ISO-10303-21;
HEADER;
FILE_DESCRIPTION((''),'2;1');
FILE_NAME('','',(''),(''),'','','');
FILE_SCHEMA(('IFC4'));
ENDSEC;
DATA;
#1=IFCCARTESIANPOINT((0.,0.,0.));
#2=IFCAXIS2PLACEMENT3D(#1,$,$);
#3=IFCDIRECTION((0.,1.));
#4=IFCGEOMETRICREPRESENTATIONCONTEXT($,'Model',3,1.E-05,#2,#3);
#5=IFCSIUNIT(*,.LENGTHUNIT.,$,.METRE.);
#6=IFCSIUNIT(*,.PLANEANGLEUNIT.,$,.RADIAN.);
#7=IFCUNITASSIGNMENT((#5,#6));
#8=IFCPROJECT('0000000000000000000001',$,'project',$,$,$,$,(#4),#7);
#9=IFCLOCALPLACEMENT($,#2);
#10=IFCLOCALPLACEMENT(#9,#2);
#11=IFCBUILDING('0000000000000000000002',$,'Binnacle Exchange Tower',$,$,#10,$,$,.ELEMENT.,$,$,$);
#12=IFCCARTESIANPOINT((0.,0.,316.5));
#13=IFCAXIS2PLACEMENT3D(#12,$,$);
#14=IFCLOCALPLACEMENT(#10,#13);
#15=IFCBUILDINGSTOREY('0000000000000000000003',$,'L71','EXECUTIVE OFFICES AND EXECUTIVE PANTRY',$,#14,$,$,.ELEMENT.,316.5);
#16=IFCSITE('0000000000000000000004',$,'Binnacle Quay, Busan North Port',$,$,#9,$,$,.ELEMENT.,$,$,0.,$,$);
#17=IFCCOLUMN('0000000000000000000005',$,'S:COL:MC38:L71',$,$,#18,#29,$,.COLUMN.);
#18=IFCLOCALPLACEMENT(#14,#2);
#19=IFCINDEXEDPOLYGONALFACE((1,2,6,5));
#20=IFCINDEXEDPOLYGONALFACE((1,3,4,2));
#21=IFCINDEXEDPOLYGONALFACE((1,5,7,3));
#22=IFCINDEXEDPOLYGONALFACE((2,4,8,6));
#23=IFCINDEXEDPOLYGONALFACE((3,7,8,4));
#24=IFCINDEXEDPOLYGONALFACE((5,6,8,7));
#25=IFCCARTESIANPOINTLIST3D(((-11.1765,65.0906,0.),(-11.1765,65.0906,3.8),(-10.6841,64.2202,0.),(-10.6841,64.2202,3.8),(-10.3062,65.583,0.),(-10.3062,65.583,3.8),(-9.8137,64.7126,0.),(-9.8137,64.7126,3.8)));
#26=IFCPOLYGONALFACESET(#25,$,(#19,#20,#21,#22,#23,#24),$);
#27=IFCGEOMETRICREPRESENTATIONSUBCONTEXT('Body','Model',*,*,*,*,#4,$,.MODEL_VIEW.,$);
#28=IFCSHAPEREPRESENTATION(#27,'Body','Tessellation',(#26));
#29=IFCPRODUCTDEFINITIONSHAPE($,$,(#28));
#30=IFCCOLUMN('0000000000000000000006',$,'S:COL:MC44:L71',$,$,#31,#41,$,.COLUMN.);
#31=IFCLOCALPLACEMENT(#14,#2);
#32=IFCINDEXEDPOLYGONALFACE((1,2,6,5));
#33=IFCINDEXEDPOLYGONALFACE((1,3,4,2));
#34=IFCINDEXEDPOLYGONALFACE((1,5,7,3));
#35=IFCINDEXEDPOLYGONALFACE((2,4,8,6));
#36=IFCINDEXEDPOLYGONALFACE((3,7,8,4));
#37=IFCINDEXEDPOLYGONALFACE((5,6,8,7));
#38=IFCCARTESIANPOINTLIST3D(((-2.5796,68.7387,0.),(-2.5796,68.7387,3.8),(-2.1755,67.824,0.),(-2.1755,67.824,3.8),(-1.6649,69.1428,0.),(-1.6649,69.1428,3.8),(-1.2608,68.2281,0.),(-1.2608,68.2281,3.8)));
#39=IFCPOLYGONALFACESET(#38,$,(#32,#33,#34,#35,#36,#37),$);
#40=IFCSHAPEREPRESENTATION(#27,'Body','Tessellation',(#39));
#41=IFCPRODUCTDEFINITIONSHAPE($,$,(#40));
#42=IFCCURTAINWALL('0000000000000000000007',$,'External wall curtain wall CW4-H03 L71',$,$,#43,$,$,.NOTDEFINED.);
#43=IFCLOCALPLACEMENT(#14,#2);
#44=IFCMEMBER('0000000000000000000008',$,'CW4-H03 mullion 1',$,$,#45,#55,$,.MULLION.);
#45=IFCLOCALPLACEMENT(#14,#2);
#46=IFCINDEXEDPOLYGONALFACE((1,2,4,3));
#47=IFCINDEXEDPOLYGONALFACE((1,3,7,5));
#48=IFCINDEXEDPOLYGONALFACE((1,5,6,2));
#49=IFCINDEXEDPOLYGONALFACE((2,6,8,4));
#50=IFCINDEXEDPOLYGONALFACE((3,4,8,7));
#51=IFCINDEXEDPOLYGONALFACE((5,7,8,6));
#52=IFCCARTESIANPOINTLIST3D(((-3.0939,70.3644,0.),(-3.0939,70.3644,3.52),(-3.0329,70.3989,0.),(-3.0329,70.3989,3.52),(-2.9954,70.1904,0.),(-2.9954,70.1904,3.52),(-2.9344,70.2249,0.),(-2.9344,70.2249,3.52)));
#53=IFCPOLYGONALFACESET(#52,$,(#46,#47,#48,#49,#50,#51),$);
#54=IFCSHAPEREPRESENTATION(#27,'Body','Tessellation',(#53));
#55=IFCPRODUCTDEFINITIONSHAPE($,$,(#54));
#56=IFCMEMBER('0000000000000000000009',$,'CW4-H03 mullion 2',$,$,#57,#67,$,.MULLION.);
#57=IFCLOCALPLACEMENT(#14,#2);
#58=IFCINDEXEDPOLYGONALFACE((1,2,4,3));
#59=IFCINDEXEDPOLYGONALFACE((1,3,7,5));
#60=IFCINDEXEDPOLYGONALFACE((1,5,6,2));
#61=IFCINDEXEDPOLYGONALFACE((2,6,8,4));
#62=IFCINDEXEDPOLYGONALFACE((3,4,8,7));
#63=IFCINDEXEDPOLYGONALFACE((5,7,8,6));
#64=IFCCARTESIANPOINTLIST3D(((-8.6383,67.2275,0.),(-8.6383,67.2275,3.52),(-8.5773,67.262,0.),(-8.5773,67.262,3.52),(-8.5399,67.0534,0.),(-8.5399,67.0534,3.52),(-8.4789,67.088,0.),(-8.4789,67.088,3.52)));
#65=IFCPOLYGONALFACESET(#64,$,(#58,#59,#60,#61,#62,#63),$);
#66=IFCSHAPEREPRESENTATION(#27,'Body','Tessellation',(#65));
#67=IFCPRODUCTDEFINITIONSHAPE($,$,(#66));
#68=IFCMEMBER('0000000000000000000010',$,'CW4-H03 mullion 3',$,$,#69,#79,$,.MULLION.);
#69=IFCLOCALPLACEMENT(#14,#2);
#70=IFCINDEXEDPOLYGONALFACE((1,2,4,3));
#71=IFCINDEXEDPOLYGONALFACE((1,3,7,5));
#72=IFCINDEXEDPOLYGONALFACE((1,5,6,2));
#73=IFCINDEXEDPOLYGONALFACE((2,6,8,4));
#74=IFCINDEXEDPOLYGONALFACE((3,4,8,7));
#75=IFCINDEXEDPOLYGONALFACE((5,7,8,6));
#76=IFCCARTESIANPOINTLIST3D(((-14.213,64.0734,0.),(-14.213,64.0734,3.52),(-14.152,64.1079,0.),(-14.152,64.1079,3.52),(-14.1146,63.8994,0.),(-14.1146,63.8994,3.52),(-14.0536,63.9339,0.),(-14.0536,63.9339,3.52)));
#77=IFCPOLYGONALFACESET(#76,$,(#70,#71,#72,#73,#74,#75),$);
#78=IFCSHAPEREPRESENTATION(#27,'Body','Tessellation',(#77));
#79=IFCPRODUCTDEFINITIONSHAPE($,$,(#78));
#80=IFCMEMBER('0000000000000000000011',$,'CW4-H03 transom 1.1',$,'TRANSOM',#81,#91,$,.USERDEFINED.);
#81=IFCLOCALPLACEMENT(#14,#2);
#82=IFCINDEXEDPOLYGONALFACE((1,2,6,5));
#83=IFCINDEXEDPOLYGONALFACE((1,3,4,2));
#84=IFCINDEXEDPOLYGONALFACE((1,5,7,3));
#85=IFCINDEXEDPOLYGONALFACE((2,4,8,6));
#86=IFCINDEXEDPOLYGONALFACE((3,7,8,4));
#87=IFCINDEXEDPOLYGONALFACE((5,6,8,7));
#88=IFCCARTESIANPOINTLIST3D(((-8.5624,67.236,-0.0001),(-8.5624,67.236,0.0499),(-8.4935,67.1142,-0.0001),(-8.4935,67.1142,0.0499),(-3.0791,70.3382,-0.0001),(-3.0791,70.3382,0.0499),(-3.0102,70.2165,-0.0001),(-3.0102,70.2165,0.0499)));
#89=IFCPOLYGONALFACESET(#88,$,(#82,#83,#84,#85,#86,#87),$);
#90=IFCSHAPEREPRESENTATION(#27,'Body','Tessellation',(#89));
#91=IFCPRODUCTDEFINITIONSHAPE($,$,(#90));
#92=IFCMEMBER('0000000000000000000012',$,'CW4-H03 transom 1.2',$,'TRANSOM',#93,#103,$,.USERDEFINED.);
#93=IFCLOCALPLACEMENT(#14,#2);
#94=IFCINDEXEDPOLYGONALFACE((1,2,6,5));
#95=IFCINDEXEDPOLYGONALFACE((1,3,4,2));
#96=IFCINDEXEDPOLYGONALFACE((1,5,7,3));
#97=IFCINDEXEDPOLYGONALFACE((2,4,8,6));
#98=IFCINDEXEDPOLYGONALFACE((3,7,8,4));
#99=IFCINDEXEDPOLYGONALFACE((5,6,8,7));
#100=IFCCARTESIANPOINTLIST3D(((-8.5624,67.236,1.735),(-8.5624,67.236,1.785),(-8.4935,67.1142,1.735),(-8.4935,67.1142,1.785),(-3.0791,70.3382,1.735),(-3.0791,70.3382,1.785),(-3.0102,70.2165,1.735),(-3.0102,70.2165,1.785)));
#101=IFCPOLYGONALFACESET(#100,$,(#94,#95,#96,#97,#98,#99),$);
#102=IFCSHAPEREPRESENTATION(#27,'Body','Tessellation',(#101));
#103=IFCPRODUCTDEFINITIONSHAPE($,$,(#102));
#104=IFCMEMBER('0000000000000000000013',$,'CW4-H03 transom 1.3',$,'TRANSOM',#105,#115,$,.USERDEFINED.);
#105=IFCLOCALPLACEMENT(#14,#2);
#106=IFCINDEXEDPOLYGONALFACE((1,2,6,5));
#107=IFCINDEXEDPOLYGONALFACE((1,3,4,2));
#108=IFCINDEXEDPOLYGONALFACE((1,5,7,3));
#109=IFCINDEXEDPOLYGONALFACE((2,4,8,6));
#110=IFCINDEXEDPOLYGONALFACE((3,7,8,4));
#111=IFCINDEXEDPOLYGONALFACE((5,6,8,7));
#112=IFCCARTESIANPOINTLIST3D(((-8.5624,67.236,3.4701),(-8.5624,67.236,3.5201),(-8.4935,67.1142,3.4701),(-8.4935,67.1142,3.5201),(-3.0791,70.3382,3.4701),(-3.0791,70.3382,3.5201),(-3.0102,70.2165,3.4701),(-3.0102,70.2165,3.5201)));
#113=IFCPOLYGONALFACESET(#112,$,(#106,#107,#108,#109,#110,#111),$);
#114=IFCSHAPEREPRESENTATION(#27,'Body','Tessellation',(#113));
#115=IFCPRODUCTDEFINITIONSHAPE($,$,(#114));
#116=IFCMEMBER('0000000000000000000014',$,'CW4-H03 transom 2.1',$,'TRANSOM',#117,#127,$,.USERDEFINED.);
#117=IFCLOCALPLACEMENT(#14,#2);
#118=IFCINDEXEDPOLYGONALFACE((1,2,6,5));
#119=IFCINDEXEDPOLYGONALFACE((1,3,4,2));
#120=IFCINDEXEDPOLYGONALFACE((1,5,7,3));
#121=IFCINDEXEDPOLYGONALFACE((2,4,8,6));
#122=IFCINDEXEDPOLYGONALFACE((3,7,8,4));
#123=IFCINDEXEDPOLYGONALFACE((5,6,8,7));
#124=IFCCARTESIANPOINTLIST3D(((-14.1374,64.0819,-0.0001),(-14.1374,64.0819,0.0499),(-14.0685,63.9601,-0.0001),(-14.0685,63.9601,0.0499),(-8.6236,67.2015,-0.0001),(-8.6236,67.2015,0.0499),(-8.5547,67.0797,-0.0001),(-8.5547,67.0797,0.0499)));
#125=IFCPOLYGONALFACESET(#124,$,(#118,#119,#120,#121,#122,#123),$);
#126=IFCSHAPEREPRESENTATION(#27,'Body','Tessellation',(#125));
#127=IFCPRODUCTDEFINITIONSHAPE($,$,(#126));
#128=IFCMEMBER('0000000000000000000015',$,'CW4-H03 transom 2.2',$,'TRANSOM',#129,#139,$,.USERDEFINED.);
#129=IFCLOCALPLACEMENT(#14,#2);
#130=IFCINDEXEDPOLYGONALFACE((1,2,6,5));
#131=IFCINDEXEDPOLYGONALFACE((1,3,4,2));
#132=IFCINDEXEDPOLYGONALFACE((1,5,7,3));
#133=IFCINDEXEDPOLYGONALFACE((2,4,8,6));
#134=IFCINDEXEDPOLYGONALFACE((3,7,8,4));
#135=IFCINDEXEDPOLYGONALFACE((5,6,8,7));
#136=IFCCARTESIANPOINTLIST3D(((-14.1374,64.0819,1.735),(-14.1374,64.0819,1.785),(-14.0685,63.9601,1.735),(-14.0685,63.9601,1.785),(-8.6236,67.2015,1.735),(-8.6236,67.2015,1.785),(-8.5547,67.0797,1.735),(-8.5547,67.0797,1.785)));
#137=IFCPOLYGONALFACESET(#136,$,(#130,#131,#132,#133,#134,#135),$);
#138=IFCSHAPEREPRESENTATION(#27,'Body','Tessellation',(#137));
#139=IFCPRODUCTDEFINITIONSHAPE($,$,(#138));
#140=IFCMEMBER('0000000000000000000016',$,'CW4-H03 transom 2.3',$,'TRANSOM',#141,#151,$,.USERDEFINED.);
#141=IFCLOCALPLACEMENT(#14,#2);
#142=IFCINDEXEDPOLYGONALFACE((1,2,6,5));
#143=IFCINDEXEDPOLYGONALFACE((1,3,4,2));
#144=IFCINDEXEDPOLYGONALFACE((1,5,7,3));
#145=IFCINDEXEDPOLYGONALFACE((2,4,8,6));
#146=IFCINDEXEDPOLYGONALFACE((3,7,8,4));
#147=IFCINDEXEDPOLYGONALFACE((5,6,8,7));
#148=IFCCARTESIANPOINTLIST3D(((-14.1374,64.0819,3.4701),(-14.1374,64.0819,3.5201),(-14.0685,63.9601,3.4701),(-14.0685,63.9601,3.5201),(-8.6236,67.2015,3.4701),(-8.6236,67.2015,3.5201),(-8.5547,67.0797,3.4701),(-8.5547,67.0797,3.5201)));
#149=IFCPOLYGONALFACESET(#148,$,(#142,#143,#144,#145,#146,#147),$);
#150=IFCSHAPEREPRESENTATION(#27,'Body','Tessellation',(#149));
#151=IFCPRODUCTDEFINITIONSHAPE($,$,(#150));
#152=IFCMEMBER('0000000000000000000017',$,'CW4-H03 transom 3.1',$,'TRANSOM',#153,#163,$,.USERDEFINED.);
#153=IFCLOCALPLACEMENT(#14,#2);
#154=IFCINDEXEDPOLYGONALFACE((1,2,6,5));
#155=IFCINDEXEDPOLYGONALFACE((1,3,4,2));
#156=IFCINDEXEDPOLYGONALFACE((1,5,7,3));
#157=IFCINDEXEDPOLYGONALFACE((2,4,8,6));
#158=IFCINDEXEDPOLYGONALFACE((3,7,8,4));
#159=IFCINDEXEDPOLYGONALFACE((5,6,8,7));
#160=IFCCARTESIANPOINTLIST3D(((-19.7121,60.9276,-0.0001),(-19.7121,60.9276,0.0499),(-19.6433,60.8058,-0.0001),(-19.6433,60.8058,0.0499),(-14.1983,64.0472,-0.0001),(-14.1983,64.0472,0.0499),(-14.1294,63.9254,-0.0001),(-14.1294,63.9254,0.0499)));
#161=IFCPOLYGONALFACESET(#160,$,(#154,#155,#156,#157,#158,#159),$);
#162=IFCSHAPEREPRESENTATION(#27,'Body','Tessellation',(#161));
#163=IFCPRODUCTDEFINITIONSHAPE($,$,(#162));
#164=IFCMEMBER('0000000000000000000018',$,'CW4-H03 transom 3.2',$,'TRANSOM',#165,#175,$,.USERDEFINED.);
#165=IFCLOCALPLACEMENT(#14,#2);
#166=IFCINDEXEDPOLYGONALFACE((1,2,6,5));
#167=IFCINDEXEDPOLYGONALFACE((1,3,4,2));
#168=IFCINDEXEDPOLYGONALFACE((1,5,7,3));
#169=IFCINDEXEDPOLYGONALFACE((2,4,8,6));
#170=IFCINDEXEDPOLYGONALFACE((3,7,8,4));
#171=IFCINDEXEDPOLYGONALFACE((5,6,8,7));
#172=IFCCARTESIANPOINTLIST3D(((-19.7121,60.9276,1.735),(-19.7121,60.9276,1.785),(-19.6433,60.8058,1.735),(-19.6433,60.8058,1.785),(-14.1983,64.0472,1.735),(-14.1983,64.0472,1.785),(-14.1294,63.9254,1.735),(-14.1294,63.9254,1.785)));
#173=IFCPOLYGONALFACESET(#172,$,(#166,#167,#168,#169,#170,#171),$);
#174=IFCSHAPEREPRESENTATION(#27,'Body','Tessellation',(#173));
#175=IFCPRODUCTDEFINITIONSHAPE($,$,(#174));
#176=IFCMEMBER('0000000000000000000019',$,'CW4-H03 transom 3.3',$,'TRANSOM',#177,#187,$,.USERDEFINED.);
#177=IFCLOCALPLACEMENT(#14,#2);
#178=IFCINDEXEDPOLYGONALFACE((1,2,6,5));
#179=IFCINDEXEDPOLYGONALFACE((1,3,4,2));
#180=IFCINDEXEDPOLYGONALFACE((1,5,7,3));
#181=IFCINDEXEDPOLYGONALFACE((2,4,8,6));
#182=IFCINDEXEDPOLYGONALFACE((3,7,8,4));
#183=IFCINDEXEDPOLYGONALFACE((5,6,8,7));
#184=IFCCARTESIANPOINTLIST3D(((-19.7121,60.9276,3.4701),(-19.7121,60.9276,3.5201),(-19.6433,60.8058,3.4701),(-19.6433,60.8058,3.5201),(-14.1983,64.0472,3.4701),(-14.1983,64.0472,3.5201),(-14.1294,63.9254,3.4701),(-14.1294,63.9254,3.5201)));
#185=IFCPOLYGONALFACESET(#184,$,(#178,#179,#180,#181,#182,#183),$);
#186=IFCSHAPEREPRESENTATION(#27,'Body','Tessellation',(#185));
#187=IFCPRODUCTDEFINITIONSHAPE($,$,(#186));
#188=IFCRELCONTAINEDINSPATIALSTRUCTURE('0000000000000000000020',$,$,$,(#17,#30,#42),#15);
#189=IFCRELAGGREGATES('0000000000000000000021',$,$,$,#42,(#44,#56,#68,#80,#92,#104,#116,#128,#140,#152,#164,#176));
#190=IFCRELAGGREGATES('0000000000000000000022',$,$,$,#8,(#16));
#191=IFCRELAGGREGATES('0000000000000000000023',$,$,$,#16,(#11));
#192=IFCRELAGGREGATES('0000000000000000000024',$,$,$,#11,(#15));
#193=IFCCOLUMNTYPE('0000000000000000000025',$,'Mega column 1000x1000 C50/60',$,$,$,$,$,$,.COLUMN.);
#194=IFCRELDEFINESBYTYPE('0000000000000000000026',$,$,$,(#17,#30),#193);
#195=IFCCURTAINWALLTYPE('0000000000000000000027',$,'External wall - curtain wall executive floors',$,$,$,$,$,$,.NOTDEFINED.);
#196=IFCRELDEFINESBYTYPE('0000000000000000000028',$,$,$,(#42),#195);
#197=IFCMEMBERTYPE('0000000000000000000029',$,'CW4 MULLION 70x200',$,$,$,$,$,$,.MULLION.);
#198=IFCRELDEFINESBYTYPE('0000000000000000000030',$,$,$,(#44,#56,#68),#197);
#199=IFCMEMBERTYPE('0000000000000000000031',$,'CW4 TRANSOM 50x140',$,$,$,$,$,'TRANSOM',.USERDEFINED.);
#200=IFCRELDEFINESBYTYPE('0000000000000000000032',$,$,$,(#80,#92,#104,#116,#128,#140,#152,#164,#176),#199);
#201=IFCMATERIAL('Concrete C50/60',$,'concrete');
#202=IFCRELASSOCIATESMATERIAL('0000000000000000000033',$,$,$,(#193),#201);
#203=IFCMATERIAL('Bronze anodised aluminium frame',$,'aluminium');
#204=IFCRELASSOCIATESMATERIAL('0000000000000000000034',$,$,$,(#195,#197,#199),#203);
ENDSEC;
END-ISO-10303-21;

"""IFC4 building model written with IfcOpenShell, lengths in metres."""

from ifc_helpers import new_model, si_unit, direction, frame, origin, origin_2d, place, context, subcontext, project, spatial, rectangle, extrude, material, material_profile, profile_set, type_object, element, aggregate, save


model = new_model("IFC4")

# Units and contexts
model_context = context("Model", 3, precision=1e-05, world=origin(), true_north=direction((0.0, 1.0)))
body_context = subcontext(model_context, "Body", "Model", "MODEL_VIEW")
ifc_project = project(units=[si_unit("LENGTHUNIT", "METRE"), si_unit("PLANEANGLEUNIT", "RADIAN")], contexts=[model_context])

# Site, building, storey
site_placement = place(None, origin())
site = spatial("IfcSite", under=ifc_project, at=site_placement, Name="Binnacle Quay, Busan North Port", CompositionType="ELEMENT", RefElevation=0.0)
building_placement = place(site_placement, origin())
building = spatial("IfcBuilding", under=site, at=building_placement, Name="Binnacle Exchange Tower", CompositionType="ELEMENT")
storey_placement = place(building_placement, frame((0.0, 0.0, 316.5)))
storey = spatial("IfcBuildingStorey", under=building, at=storey_placement, Name="L71", Description="EXECUTIVE OFFICES AND EXECUTIVE PANTRY", CompositionType="ELEMENT", Elevation=316.5)

# Columns
ifc_material_1 = material(Name="Concrete C50/60", Category="concrete")
ifc_material_profile_1 = material_profile(ifc_material_1, rectangle(XDim=1.0, YDim=1.0, at=origin_2d()), Name="Mega column 1000x1000 C50/60")
ifc_profile_set_1 = profile_set([ifc_material_profile_1], Name="Concrete C50/60")
column_type = type_object("IfcColumnType", Name="Mega column 1000x1000 C50/60", PredefinedType="COLUMN", material=ifc_profile_set_1)
for number, where, z_axis, x_axis, name in (
    (1, (-10.4951, 64.9016, 0.0), (0.0, 0.0, 1.0), (-0.870356, -0.492424, 0.0), "S:COL:MC38:L71"),
    (2, (-1.9202, 68.4834, 0.0), (0.0, 0.0, 1.0), (-0.914713, -0.404104, 0.0), "S:COL:MC44:L71"),
):
    element("IfcColumn", number, at=place(storey_placement, frame(where, z_axis=z_axis, x_axis=x_axis)), inside=storey, type_object=column_type, Name=name, PredefinedType="COLUMN", context=body_context, shape_type="SweptSolid", body=[
        extrude(rectangle(XDim=1.0, YDim=1.0, at=origin_2d()), origin(), (0.0, 0.0, 1.0), 3.8),
    ])

# Curtain wall, members
ifc_material_2 = material(Name="Bronze anodised aluminium frame", Category="aluminium")
curtain_wall_type = type_object("IfcCurtainWallType", Name="External wall - curtain wall executive floors", PredefinedType="NOTDEFINED", material=ifc_material_2)
curtain_wall_placement = place(storey_placement, origin())
curtain_wall = element("IfcCurtainWall", 3, at=curtain_wall_placement, inside=storey, type_object=curtain_wall_type, Name="External wall curtain wall CW4-H03 L71", PredefinedType="NOTDEFINED")
ifc_material_profile_2 = material_profile(ifc_material_2, rectangle(XDim=0.2, YDim=0.0701, at=origin_2d()), Name="AL 70x200")
ifc_profile_set_2 = profile_set([ifc_material_profile_2], Name="Bronze anodised aluminium frame")
member_type_1 = type_object("IfcMemberType", Name="CW4 MULLION 70x200", PredefinedType="MULLION", material=ifc_profile_set_2)
member_1_placement = place(storey_placement, frame((-3.0142, 70.2947, 0.0), z_axis=(0.0, 0.0, 1.0), x_axis=(0.492424, -0.870356, 0.0)))
member_1 = element("IfcMember", 4, at=member_1_placement, type_object=member_type_1, Name="CW4-H03 mullion 1", PredefinedType="MULLION", context=body_context, shape_type="SweptSolid", body=[
    extrude(rectangle(XDim=0.2, YDim=0.0701, at=origin_2d()), origin(), (0.0, 0.0, 1.0), 3.52),
])
member_2_placement = place(storey_placement, frame((-8.5586, 67.1577, 0.0), z_axis=(0.0, 0.0, 1.0), x_axis=(0.492424, -0.870356, 0.0)))
member_2 = element("IfcMember", 5, at=member_2_placement, type_object=member_type_1, Name="CW4-H03 mullion 2", PredefinedType="MULLION", context=body_context, shape_type="SweptSolid", body=[
    extrude(rectangle(XDim=0.2, YDim=0.0701, at=origin_2d()), origin(), (0.0, 0.0, 1.0), 3.52),
])
member_3_placement = place(storey_placement, frame((-14.1333, 64.0037, 0.0), z_axis=(0.0, 0.0, 1.0), x_axis=(0.492424, -0.870356, 0.0)))
member_3 = element("IfcMember", 6, at=member_3_placement, type_object=member_type_1, Name="CW4-H03 mullion 3", PredefinedType="MULLION", context=body_context, shape_type="SweptSolid", body=[
    extrude(rectangle(XDim=0.2, YDim=0.0701, at=origin_2d()), origin(), (0.0, 0.0, 1.0), 3.52),
])
ifc_material_profile_3 = material_profile(ifc_material_2, rectangle(XDim=0.1399, YDim=0.05, at=origin_2d()), Name="AL 140x50")
ifc_profile_set_3 = profile_set([ifc_material_profile_3], Name="Bronze anodised aluminium frame")
member_type_2 = type_object("IfcMemberType", Name="CW4 TRANSOM 50x140", ElementType="TRANSOM", PredefinedType="USERDEFINED", material=ifc_profile_set_3)
member_4_placement = place(storey_placement, frame((-3.0447, 70.2773, 0.0249), z_axis=(-0.87036, -0.492416, 0.0), x_axis=(0.492416, -0.87036, 0.0)))
member_4 = element("IfcMember", 7, at=member_4_placement, type_object=member_type_2, Name="CW4-H03 transom 1.1", ObjectType="TRANSOM", PredefinedType="USERDEFINED", context=body_context, shape_type="SweptSolid", body=[
    extrude(rectangle(XDim=0.1399, YDim=0.05, at=origin_2d()), origin(), (0.0, 0.0, 1.0), 6.3),
])
member_5_placement = place(storey_placement, frame((-3.0447, 70.2773, 1.76), z_axis=(-0.87036, -0.492416, 0.0), x_axis=(0.492416, -0.87036, 0.0)))
member_5 = element("IfcMember", 8, at=member_5_placement, type_object=member_type_2, Name="CW4-H03 transom 1.2", ObjectType="TRANSOM", PredefinedType="USERDEFINED", context=body_context, shape_type="SweptSolid", body=[
    extrude(rectangle(XDim=0.1399, YDim=0.05, at=origin_2d()), origin(), (0.0, 0.0, 1.0), 6.3),
])
member_6_placement = place(storey_placement, frame((-3.0447, 70.2773, 3.4951), z_axis=(-0.87036, -0.492416, 0.0), x_axis=(0.492416, -0.87036, 0.0)))
member_6 = element("IfcMember", 9, at=member_6_placement, type_object=member_type_2, Name="CW4-H03 transom 1.3", ObjectType="TRANSOM", PredefinedType="USERDEFINED", context=body_context, shape_type="SweptSolid", body=[
    extrude(rectangle(XDim=0.1399, YDim=0.05, at=origin_2d()), origin(), (0.0, 0.0, 1.0), 6.3),
])
member_7_placement = place(storey_placement, frame((-8.5891, 67.1406, 0.0249), z_axis=(-0.870355, -0.492424, 0.0), x_axis=(0.492424, -0.870355, 0.0)))
member_7 = element("IfcMember", 10, at=member_7_placement, type_object=member_type_2, Name="CW4-H03 transom 2.1", ObjectType="TRANSOM", PredefinedType="USERDEFINED", context=body_context, shape_type="SweptSolid", body=[
    extrude(rectangle(XDim=0.1399, YDim=0.05, at=origin_2d()), origin(), (0.0, 0.0, 1.0), 6.3352),
])
member_8_placement = place(storey_placement, frame((-8.5891, 67.1406, 1.76), z_axis=(-0.870355, -0.492424, 0.0), x_axis=(0.492424, -0.870355, 0.0)))
member_8 = element("IfcMember", 11, at=member_8_placement, type_object=member_type_2, Name="CW4-H03 transom 2.2", ObjectType="TRANSOM", PredefinedType="USERDEFINED", context=body_context, shape_type="SweptSolid", body=[
    extrude(rectangle(XDim=0.1399, YDim=0.05, at=origin_2d()), origin(), (0.0, 0.0, 1.0), 6.3352),
])
member_9_placement = place(storey_placement, frame((-8.5891, 67.1406, 3.4951), z_axis=(-0.870355, -0.492424, 0.0), x_axis=(0.492424, -0.870355, 0.0)))
member_9 = element("IfcMember", 12, at=member_9_placement, type_object=member_type_2, Name="CW4-H03 transom 2.3", ObjectType="TRANSOM", PredefinedType="USERDEFINED", context=body_context, shape_type="SweptSolid", body=[
    extrude(rectangle(XDim=0.1399, YDim=0.05, at=origin_2d()), origin(), (0.0, 0.0, 1.0), 6.3352),
])
member_10_placement = place(storey_placement, frame((-14.1638, 63.9863, 0.0249), z_axis=(-0.870355, -0.492424, 0.0), x_axis=(0.492424, -0.870355, 0.0)))
member_10 = element("IfcMember", 13, at=member_10_placement, type_object=member_type_2, Name="CW4-H03 transom 3.1", ObjectType="TRANSOM", PredefinedType="USERDEFINED", context=body_context, shape_type="SweptSolid", body=[
    extrude(rectangle(XDim=0.1399, YDim=0.05, at=origin_2d()), origin(), (0.0, 0.0, 1.0), 6.3352),
])
member_11_placement = place(storey_placement, frame((-14.1638, 63.9863, 1.76), z_axis=(-0.870355, -0.492424, 0.0), x_axis=(0.492424, -0.870355, 0.0)))
member_11 = element("IfcMember", 14, at=member_11_placement, type_object=member_type_2, Name="CW4-H03 transom 3.2", ObjectType="TRANSOM", PredefinedType="USERDEFINED", context=body_context, shape_type="SweptSolid", body=[
    extrude(rectangle(XDim=0.1399, YDim=0.05, at=origin_2d()), origin(), (0.0, 0.0, 1.0), 6.3352),
])
member_12_placement = place(storey_placement, frame((-14.1638, 63.9863, 3.4951), z_axis=(-0.870355, -0.492424, 0.0), x_axis=(0.492424, -0.870355, 0.0)))
member_12 = element("IfcMember", 15, at=member_12_placement, type_object=member_type_2, Name="CW4-H03 transom 3.3", ObjectType="TRANSOM", PredefinedType="USERDEFINED", context=body_context, shape_type="SweptSolid", body=[
    extrude(rectangle(XDim=0.1399, YDim=0.05, at=origin_2d()), origin(), (0.0, 0.0, 1.0), 6.3352),
])
aggregate(curtain_wall, [member_1, member_2, member_3, member_4, member_5, member_6, member_7, member_8, member_9, member_10, member_11, member_12])

save(model, "model.ifc")
